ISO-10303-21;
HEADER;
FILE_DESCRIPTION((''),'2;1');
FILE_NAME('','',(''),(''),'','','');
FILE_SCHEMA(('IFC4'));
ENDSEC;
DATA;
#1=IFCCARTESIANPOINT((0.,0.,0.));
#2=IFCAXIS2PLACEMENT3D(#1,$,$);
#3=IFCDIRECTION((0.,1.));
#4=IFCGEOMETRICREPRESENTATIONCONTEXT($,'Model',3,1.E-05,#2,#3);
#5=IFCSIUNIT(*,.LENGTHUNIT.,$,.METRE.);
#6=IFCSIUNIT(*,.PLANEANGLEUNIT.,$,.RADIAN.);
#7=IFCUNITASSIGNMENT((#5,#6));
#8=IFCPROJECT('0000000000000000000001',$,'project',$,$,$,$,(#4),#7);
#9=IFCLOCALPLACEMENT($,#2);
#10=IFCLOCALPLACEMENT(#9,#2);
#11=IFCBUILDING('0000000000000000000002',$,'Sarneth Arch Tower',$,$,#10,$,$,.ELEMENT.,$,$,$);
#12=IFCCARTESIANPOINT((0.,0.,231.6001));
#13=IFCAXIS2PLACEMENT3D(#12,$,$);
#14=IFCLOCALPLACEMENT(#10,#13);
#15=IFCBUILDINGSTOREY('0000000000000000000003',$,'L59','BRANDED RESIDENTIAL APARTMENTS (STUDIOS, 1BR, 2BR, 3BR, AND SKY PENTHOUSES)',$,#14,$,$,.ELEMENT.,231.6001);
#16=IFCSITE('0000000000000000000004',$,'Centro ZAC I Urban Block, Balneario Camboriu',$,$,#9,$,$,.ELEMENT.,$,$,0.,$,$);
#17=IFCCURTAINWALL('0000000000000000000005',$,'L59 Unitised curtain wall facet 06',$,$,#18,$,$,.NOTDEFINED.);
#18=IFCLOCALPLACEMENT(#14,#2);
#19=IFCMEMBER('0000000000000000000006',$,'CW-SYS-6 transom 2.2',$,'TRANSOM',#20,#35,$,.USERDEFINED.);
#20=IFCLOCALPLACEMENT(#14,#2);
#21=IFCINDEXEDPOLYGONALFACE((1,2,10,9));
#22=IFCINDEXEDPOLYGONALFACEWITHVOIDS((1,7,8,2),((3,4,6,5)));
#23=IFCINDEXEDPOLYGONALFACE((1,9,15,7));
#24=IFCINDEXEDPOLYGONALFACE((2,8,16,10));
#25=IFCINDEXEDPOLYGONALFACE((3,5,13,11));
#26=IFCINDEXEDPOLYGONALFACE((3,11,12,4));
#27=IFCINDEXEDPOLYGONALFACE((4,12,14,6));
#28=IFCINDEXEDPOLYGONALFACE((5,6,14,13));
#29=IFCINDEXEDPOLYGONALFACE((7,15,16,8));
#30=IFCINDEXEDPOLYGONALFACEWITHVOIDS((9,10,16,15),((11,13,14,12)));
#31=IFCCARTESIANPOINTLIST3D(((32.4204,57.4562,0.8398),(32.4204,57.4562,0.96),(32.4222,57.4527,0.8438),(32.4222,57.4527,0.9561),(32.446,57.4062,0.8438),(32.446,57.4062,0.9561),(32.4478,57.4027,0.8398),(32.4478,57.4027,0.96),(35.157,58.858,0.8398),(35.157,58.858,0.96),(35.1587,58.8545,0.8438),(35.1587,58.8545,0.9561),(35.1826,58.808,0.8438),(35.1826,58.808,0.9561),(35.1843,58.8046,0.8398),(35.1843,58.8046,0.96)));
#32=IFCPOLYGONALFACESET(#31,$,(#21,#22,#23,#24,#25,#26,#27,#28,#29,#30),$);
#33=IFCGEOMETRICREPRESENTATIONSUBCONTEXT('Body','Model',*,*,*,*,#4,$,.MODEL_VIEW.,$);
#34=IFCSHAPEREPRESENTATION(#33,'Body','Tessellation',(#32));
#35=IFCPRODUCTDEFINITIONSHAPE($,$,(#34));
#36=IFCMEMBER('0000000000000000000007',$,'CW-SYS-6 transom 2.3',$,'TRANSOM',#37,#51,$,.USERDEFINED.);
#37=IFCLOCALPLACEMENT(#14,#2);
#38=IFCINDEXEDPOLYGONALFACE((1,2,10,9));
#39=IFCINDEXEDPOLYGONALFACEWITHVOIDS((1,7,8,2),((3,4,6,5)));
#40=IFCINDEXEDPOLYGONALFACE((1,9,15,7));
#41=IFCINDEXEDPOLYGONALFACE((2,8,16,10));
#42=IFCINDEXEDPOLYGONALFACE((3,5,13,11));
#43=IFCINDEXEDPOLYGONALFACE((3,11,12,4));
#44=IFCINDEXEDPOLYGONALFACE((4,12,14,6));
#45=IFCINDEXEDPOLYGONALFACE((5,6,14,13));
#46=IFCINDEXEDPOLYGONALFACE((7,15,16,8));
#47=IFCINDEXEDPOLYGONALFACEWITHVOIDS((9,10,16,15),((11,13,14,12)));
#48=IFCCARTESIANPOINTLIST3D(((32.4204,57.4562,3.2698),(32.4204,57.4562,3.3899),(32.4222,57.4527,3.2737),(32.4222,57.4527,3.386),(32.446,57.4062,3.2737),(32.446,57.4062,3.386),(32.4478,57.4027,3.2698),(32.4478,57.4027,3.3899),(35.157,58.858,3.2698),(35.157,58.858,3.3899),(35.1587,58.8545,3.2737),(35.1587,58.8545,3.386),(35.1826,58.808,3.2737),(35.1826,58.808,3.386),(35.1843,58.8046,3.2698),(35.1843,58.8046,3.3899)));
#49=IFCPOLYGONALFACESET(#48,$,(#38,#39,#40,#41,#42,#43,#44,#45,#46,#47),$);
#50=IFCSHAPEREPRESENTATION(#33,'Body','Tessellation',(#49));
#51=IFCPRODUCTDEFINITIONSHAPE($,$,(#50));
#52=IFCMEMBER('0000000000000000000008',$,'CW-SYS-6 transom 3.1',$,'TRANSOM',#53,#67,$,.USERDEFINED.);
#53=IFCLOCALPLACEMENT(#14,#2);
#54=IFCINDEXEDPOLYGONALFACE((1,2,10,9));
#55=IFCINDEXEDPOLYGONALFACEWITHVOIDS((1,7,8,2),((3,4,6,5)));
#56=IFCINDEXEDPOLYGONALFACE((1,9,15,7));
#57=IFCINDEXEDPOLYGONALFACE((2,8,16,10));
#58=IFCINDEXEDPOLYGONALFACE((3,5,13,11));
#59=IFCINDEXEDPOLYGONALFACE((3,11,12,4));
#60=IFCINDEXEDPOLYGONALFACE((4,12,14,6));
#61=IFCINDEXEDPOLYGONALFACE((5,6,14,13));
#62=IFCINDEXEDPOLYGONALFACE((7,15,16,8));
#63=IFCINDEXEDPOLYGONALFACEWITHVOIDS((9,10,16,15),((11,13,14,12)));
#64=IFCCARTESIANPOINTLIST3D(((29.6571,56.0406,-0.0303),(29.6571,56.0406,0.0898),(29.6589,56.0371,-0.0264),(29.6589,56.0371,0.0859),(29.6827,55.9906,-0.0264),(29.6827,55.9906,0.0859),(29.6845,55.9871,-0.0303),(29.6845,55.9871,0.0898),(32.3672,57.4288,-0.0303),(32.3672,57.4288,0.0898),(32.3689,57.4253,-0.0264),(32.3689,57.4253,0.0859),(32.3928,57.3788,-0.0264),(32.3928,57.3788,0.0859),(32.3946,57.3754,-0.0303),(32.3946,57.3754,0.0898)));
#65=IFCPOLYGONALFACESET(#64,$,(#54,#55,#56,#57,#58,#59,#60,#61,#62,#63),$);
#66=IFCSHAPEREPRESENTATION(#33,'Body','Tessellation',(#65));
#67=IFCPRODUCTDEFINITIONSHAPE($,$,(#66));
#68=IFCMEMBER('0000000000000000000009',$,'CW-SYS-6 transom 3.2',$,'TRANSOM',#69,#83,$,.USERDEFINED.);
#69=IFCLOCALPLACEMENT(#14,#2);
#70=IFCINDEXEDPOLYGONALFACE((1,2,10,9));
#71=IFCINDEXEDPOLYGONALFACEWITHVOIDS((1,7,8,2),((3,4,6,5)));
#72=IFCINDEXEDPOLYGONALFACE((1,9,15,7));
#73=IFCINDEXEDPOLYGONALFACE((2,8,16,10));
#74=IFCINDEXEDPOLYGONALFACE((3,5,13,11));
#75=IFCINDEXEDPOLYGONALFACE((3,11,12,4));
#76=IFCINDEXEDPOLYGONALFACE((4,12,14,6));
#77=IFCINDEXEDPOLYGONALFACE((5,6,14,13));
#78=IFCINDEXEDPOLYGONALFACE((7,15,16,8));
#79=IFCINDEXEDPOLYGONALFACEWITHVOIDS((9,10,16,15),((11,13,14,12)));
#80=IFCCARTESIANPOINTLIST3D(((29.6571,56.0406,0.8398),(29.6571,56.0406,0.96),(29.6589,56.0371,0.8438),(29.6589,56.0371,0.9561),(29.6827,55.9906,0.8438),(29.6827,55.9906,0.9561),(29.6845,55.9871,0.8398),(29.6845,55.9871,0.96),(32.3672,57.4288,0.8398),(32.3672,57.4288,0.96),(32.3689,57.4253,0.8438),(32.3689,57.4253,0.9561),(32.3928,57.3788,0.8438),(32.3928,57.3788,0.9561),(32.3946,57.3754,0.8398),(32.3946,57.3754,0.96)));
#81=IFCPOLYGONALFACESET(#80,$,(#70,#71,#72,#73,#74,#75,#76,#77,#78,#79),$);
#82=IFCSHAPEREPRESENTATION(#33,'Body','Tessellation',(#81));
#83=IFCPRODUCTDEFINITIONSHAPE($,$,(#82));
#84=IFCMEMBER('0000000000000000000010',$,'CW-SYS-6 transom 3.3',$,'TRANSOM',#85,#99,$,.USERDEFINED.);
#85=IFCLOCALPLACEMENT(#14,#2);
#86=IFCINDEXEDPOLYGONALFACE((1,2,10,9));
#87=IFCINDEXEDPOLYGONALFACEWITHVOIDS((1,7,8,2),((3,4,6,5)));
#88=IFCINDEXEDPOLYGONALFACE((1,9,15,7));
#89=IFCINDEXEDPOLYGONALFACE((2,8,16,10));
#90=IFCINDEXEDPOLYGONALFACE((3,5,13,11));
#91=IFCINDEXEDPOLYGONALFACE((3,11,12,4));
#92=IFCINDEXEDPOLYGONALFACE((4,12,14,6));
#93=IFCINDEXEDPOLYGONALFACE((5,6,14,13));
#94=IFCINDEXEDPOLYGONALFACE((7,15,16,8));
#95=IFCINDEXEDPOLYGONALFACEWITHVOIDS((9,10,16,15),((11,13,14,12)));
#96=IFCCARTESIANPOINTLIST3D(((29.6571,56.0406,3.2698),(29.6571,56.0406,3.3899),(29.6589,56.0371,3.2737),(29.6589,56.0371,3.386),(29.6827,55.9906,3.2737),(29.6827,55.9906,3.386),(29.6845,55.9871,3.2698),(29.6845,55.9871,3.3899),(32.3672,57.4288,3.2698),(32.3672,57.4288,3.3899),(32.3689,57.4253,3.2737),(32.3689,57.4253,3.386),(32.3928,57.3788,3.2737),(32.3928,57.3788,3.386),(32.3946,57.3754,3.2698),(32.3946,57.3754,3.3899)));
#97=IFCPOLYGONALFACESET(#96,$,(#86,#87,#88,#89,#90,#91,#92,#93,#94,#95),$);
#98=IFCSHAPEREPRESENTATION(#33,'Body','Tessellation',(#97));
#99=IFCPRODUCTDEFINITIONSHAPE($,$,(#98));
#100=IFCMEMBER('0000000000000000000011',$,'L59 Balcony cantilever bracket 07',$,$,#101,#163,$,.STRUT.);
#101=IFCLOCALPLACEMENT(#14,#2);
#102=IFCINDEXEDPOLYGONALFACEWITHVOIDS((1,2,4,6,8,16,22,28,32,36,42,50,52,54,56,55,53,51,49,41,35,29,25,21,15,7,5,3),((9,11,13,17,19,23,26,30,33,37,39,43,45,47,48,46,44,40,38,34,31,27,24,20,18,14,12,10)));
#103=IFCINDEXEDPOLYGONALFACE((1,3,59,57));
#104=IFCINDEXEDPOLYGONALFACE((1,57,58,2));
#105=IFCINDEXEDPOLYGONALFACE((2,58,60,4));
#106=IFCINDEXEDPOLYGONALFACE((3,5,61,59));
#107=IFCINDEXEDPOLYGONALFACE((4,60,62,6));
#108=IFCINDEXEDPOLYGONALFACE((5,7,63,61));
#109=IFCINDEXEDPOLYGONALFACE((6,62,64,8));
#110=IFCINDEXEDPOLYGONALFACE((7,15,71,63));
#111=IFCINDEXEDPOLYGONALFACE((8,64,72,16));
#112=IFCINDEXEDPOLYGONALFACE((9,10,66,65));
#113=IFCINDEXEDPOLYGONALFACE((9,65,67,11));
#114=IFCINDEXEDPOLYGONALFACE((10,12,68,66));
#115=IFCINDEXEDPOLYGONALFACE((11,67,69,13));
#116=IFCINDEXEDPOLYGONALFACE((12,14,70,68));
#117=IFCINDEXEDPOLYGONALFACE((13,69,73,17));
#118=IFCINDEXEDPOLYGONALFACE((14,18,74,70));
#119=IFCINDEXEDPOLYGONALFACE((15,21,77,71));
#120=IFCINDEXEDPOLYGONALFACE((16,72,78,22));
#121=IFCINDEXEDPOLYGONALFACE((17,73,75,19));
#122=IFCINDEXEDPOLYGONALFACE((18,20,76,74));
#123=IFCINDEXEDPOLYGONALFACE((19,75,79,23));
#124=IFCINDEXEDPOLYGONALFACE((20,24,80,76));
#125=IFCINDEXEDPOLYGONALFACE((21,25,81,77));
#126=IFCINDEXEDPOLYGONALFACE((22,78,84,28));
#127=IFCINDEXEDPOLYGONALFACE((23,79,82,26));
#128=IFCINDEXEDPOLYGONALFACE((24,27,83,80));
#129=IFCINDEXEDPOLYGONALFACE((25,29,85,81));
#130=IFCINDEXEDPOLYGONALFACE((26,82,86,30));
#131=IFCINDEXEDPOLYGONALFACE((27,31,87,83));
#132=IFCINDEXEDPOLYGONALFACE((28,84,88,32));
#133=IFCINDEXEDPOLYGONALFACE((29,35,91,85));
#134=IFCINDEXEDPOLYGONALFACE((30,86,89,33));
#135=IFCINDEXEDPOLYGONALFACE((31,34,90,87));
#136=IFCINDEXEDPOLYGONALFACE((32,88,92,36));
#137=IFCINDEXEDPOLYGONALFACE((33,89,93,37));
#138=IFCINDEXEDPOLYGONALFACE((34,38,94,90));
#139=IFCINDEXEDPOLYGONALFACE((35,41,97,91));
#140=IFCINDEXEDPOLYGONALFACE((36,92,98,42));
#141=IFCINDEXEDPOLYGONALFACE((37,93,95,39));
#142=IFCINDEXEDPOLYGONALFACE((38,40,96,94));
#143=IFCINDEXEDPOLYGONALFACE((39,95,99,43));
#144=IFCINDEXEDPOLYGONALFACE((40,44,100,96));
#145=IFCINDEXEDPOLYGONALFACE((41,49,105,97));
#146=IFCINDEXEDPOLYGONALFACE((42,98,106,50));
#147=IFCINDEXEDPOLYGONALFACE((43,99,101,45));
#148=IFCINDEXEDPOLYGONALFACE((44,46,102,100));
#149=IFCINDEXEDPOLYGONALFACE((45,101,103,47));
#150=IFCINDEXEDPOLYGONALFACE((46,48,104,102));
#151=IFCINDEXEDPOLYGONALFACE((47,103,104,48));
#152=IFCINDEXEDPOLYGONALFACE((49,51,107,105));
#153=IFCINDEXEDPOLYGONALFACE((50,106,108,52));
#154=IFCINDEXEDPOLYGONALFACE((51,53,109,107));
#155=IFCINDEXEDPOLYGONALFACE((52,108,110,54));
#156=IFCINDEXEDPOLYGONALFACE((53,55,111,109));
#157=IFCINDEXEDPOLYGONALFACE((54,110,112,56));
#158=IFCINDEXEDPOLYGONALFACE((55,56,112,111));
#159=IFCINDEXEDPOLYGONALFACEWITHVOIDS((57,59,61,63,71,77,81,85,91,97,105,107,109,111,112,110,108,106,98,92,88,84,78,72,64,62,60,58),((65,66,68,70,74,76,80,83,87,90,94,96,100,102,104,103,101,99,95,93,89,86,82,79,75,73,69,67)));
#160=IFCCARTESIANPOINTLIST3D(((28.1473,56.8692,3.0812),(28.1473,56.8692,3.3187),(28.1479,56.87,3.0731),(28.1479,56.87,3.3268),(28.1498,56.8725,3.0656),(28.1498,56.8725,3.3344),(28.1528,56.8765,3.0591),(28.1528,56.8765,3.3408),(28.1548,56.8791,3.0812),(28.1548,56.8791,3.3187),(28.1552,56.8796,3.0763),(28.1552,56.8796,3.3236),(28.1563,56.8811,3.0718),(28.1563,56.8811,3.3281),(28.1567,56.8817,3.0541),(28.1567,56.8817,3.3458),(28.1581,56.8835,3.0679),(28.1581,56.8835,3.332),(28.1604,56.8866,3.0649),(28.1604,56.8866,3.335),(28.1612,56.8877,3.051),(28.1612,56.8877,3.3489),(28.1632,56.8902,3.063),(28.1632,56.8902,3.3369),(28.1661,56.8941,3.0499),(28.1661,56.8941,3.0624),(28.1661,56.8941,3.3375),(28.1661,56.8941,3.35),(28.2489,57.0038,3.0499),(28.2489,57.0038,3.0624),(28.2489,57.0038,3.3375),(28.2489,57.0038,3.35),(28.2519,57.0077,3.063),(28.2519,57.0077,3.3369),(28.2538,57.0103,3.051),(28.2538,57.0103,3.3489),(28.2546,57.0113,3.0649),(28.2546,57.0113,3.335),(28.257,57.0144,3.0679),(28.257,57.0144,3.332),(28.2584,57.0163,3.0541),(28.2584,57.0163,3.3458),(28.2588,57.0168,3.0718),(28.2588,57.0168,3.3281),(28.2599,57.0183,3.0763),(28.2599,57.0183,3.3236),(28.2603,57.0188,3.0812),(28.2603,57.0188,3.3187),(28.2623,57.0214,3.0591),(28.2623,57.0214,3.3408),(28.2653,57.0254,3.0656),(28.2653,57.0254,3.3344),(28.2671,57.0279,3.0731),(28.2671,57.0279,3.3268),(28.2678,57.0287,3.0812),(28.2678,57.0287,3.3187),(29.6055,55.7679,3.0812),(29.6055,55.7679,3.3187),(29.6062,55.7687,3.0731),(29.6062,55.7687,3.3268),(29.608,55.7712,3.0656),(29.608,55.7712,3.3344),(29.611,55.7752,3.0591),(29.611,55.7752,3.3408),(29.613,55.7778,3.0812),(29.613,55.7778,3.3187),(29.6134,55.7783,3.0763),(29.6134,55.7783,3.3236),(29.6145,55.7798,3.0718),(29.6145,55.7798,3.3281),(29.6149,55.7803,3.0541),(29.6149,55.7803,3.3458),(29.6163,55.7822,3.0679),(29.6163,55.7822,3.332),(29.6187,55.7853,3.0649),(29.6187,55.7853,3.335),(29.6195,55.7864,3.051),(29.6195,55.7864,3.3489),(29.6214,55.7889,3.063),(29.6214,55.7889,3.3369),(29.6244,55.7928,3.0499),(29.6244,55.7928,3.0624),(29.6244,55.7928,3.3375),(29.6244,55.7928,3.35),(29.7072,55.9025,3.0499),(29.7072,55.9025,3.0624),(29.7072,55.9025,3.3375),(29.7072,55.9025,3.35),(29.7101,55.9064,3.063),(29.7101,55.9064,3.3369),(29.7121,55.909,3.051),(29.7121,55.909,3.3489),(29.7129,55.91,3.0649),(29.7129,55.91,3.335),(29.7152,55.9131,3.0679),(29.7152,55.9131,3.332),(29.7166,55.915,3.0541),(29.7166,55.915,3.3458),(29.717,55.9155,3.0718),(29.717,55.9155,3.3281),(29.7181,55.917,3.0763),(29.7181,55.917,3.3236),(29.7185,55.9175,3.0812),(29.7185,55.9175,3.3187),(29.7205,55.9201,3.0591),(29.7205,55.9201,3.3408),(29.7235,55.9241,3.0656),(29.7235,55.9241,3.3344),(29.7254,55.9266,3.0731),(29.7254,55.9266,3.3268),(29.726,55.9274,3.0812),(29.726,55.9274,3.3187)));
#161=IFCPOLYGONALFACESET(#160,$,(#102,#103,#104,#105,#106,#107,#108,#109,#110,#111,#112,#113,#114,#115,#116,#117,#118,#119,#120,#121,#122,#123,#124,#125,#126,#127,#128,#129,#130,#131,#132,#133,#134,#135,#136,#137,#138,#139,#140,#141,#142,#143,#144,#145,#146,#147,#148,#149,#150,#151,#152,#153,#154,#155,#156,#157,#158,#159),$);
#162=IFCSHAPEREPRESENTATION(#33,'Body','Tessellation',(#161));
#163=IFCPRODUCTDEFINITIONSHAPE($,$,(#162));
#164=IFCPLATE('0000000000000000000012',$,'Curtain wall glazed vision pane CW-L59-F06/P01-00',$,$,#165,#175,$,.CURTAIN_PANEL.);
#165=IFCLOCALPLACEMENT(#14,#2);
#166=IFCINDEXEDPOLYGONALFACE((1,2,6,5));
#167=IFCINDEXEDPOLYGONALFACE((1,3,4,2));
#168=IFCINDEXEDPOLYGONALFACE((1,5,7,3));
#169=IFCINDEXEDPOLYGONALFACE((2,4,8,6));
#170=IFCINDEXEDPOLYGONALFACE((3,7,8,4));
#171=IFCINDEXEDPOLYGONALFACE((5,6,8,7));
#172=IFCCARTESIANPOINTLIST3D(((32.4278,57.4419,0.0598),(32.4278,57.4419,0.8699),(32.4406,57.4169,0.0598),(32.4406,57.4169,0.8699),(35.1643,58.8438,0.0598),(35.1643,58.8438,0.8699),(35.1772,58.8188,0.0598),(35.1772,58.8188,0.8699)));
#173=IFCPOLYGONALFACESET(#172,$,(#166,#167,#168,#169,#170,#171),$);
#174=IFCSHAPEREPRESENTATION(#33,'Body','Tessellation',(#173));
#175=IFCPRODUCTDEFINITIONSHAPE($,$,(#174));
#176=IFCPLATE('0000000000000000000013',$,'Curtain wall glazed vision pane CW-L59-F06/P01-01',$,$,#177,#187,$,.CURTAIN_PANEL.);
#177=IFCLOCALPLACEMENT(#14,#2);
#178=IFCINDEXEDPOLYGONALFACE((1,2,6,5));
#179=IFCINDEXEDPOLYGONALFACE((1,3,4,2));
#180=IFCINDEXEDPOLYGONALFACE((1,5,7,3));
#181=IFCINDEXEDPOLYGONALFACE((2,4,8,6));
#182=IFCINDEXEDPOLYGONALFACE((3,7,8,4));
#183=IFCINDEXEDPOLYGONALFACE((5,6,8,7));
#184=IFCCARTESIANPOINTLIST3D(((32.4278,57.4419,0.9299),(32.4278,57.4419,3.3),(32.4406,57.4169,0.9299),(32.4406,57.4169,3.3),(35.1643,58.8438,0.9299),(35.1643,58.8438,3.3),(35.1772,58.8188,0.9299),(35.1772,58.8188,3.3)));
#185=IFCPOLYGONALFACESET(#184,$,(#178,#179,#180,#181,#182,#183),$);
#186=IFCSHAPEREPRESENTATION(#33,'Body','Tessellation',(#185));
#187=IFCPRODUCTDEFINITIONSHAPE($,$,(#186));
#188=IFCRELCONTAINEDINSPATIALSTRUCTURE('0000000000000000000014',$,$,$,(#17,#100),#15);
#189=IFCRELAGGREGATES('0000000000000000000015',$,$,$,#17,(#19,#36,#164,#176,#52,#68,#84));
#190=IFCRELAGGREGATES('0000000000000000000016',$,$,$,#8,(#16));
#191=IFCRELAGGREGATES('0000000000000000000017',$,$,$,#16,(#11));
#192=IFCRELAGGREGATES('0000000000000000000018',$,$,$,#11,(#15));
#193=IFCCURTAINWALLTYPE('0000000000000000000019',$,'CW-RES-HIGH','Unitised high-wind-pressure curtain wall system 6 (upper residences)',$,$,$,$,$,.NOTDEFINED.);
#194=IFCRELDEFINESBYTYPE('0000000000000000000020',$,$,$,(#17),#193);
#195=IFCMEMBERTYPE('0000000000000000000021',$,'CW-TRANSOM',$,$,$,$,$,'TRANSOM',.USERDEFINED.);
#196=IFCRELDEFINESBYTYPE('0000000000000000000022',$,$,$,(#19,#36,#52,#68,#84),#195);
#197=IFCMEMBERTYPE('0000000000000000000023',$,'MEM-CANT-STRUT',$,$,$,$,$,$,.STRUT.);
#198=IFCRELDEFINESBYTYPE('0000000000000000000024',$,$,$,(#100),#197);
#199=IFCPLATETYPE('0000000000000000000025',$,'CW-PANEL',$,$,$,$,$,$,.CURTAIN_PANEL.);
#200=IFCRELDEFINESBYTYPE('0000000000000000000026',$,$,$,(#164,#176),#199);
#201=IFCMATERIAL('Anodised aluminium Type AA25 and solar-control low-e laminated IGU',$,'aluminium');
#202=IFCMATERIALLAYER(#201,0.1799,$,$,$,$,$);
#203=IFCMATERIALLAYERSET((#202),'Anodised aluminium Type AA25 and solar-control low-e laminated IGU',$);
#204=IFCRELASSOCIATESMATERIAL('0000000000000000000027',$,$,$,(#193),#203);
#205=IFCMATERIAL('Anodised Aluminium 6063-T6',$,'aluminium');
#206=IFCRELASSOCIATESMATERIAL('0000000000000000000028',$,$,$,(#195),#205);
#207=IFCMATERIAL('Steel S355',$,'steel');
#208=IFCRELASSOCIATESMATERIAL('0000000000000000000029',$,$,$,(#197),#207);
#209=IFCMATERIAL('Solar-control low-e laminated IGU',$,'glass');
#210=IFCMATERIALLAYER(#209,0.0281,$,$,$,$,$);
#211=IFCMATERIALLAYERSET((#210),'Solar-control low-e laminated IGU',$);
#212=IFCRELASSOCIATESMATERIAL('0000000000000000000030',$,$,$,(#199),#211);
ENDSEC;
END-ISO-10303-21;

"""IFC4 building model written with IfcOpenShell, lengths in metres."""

from ifc_helpers import new_model, si_unit, direction, frame, origin, origin_2d, place, context, subcontext, project, spatial, rectangle, hollow_rectangle, extrude, material, layer, layer_set, material_profile, profile_set, type_object, element, aggregate, save


model = new_model("IFC4")

# Units and contexts
model_context = context("Model", 3, precision=1e-05, world=origin(), true_north=direction((0.0, 1.0)))
body_context = subcontext(model_context, "Body", "Model", "MODEL_VIEW")
ifc_project = project(units=[si_unit("LENGTHUNIT", "METRE"), si_unit("PLANEANGLEUNIT", "RADIAN")], contexts=[model_context])

# Site, building, storey
site_placement = place(None, origin())
site = spatial("IfcSite", under=ifc_project, at=site_placement, Name="Centro ZAC I Urban Block, Balneario Camboriu", CompositionType="ELEMENT", RefElevation=0.0)
building_placement = place(site_placement, origin())
building = spatial("IfcBuilding", under=site, at=building_placement, Name="Sarneth Arch Tower", CompositionType="ELEMENT")
storey_placement = place(building_placement, frame((0.0, 0.0, 231.6001)))
storey = spatial("IfcBuildingStorey", under=building, at=storey_placement, Name="L59", Description="BRANDED RESIDENTIAL APARTMENTS (STUDIOS, 1BR, 2BR, 3BR, AND SKY PENTHOUSES)", CompositionType="ELEMENT", Elevation=231.6001)

# Curtain wall, members
ifc_material_1 = material(Name="Anodised aluminium Type AA25 and solar-control low-e laminated IGU", Category="aluminium")
ifc_layer_1 = layer(ifc_material_1, 0.1799)
ifc_layer_set_1 = layer_set([ifc_layer_1], Name="Anodised aluminium Type AA25 and solar-control low-e laminated IGU")
curtain_wall_type = type_object("IfcCurtainWallType", Name="CW-RES-HIGH", Description="Unitised high-wind-pressure curtain wall system 6 (upper residences)", PredefinedType="NOTDEFINED", material=ifc_layer_set_1)
curtain_wall_placement = place(storey_placement, origin())
curtain_wall = element("IfcCurtainWall", 1, at=curtain_wall_placement, inside=storey, type_object=curtain_wall_type, Name="L59 Unitised curtain wall facet 06", PredefinedType="NOTDEFINED")
ifc_material_2 = material(Name="Anodised Aluminium 6063-T6", Category="aluminium")
ifc_material_profile_1 = material_profile(ifc_material_2, hollow_rectangle(XDim=0.0601, YDim=0.1201, WallThickness=0.0039, at=origin_2d()), Name="AL-TRAN-120x60x4")
ifc_profile_set_1 = profile_set([ifc_material_profile_1], Name="Anodised Aluminium 6063-T6")
member_type_1 = type_object("IfcMemberType", Name="CW-TRANSOM", ElementType="TRANSOM", PredefinedType="USERDEFINED", material=ifc_profile_set_1)
member_1_placement = place(storey_placement, frame((35.1707, 58.8313, 0.8999), z_axis=(-0.890017, -0.455926, 0.0), x_axis=(0.455926, -0.890017, 0.0)))
member_1 = element("IfcMember", 2, at=member_1_placement, type_object=member_type_1, Name="CW-SYS-6 transom 2.2", ObjectType="TRANSOM", PredefinedType="USERDEFINED", context=body_context, shape_type="SweptSolid", body=[
    extrude(hollow_rectangle(XDim=0.0601, YDim=0.1201, WallThickness=0.0039, at=origin_2d()), origin(), (0.0, 0.0, 1.0), 3.0747),
])
member_2_placement = place(storey_placement, frame((35.1707, 58.8313, 3.3298), z_axis=(-0.890017, -0.455926, 0.0), x_axis=(0.455926, -0.890017, 0.0)))
member_2 = element("IfcMember", 3, at=member_2_placement, type_object=member_type_1, Name="CW-SYS-6 transom 2.3", ObjectType="TRANSOM", PredefinedType="USERDEFINED", context=body_context, shape_type="SweptSolid", body=[
    extrude(hollow_rectangle(XDim=0.0601, YDim=0.1201, WallThickness=0.0039, at=origin_2d()), origin(), (0.0, 0.0, 1.0), 3.0747),
])
member_3_placement = place(storey_placement, frame((32.3809, 57.4021, 0.0298), z_axis=(-0.890023, -0.455916, 0.0), x_axis=(0.455916, -0.890023, 0.0)))
member_3 = element("IfcMember", 4, at=member_3_placement, type_object=member_type_1, Name="CW-SYS-6 transom 3.1", ObjectType="TRANSOM", PredefinedType="USERDEFINED", context=body_context, shape_type="SweptSolid", body=[
    extrude(hollow_rectangle(XDim=0.0601, YDim=0.1201, WallThickness=0.0039, at=origin_2d()), origin(), (0.0, 0.0, 1.0), 3.0449),
])
member_4_placement = place(storey_placement, frame((32.3809, 57.4021, 0.8999), z_axis=(-0.890023, -0.455916, 0.0), x_axis=(0.455916, -0.890023, 0.0)))
member_4 = element("IfcMember", 5, at=member_4_placement, type_object=member_type_1, Name="CW-SYS-6 transom 3.2", ObjectType="TRANSOM", PredefinedType="USERDEFINED", context=body_context, shape_type="SweptSolid", body=[
    extrude(hollow_rectangle(XDim=0.0601, YDim=0.1201, WallThickness=0.0039, at=origin_2d()), origin(), (0.0, 0.0, 1.0), 3.0449),
])
member_5_placement = place(storey_placement, frame((32.3809, 57.4021, 3.3298), z_axis=(-0.890023, -0.455916, 0.0), x_axis=(0.455916, -0.890023, 0.0)))
member_5 = element("IfcMember", 6, at=member_5_placement, type_object=member_type_1, Name="CW-SYS-6 transom 3.3", ObjectType="TRANSOM", PredefinedType="USERDEFINED", context=body_context, shape_type="SweptSolid", body=[
    extrude(hollow_rectangle(XDim=0.0601, YDim=0.1201, WallThickness=0.0039, at=origin_2d()), origin(), (0.0, 0.0, 1.0), 3.0449),
])

# Member
ifc_material_3 = material(Name="Steel S355", Category="steel")
ifc_material_profile_2 = material_profile(ifc_material_3, hollow_rectangle(XDim=0.2, YDim=0.3, WallThickness=0.0125, InnerFilletRadius=0.0188, OuterFilletRadius=0.0312, at=origin_2d()), Name="RHS300x200x12.5")
ifc_profile_set_2 = profile_set([ifc_material_profile_2], Name="Steel S355")
member_type_2 = type_object("IfcMemberType", Name="MEM-CANT-STRUT", PredefinedType="STRUT", material=ifc_profile_set_2)
member_6_placement = place(storey_placement, frame((29.6658, 55.8477, 3.2), z_axis=(-0.797992, 0.602669, 0.0), x_axis=(-0.602669, -0.797992, 0.0)))
element("IfcMember", 7, at=member_6_placement, inside=storey, type_object=member_type_2, Name="L59 Balcony cantilever bracket 07", PredefinedType="STRUT", context=body_context, shape_type="SweptSolid", body=[
    extrude(hollow_rectangle(XDim=0.2, YDim=0.3, WallThickness=0.0125, InnerFilletRadius=0.0188, OuterFilletRadius=0.0312, at=origin_2d()), origin(), (0.0, 0.0, 1.0), 1.8274),
])

# Plates
ifc_material_4 = material(Name="Solar-control low-e laminated IGU", Category="glass")
ifc_layer_2 = layer(ifc_material_4, 0.0281)
ifc_layer_set_2 = layer_set([ifc_layer_2], Name="Solar-control low-e laminated IGU")
plate_type_1 = type_object("IfcPlateType", Name="CW-PANEL", PredefinedType="CURTAIN_PANEL", material=ifc_layer_set_2)
plate_1_placement = place(storey_placement, frame((33.8025, 58.1304, 0.0598), z_axis=(0.0, 0.0, 1.0), x_axis=(-0.89001, -0.455942, 0.0)))
plate_1 = element("IfcPlate", 8, at=plate_1_placement, type_object=plate_type_1, Name="Curtain wall glazed vision pane CW-L59-F06/P01-00", PredefinedType="CURTAIN_PANEL", context=body_context, shape_type="SweptSolid", body=[
    extrude(rectangle(XDim=3.0747, YDim=0.0281, at=origin_2d()), origin(), (0.0, 0.0, 1.0), 0.8101),
])
plate_2_placement = place(storey_placement, frame((33.8025, 58.1304, 0.9299), z_axis=(0.0, 0.0, 1.0), x_axis=(-0.89001, -0.455942, 0.0)))
plate_2 = element("IfcPlate", 9, at=plate_2_placement, type_object=plate_type_1, Name="Curtain wall glazed vision pane CW-L59-F06/P01-01", PredefinedType="CURTAIN_PANEL", context=body_context, shape_type="SweptSolid", body=[
    extrude(rectangle(XDim=3.0747, YDim=0.0281, at=origin_2d()), origin(), (0.0, 0.0, 1.0), 2.3701),
])
aggregate(curtain_wall, [member_1, member_2, plate_1, plate_2, member_3, member_4, member_5])

save(model, "model.ifc")
